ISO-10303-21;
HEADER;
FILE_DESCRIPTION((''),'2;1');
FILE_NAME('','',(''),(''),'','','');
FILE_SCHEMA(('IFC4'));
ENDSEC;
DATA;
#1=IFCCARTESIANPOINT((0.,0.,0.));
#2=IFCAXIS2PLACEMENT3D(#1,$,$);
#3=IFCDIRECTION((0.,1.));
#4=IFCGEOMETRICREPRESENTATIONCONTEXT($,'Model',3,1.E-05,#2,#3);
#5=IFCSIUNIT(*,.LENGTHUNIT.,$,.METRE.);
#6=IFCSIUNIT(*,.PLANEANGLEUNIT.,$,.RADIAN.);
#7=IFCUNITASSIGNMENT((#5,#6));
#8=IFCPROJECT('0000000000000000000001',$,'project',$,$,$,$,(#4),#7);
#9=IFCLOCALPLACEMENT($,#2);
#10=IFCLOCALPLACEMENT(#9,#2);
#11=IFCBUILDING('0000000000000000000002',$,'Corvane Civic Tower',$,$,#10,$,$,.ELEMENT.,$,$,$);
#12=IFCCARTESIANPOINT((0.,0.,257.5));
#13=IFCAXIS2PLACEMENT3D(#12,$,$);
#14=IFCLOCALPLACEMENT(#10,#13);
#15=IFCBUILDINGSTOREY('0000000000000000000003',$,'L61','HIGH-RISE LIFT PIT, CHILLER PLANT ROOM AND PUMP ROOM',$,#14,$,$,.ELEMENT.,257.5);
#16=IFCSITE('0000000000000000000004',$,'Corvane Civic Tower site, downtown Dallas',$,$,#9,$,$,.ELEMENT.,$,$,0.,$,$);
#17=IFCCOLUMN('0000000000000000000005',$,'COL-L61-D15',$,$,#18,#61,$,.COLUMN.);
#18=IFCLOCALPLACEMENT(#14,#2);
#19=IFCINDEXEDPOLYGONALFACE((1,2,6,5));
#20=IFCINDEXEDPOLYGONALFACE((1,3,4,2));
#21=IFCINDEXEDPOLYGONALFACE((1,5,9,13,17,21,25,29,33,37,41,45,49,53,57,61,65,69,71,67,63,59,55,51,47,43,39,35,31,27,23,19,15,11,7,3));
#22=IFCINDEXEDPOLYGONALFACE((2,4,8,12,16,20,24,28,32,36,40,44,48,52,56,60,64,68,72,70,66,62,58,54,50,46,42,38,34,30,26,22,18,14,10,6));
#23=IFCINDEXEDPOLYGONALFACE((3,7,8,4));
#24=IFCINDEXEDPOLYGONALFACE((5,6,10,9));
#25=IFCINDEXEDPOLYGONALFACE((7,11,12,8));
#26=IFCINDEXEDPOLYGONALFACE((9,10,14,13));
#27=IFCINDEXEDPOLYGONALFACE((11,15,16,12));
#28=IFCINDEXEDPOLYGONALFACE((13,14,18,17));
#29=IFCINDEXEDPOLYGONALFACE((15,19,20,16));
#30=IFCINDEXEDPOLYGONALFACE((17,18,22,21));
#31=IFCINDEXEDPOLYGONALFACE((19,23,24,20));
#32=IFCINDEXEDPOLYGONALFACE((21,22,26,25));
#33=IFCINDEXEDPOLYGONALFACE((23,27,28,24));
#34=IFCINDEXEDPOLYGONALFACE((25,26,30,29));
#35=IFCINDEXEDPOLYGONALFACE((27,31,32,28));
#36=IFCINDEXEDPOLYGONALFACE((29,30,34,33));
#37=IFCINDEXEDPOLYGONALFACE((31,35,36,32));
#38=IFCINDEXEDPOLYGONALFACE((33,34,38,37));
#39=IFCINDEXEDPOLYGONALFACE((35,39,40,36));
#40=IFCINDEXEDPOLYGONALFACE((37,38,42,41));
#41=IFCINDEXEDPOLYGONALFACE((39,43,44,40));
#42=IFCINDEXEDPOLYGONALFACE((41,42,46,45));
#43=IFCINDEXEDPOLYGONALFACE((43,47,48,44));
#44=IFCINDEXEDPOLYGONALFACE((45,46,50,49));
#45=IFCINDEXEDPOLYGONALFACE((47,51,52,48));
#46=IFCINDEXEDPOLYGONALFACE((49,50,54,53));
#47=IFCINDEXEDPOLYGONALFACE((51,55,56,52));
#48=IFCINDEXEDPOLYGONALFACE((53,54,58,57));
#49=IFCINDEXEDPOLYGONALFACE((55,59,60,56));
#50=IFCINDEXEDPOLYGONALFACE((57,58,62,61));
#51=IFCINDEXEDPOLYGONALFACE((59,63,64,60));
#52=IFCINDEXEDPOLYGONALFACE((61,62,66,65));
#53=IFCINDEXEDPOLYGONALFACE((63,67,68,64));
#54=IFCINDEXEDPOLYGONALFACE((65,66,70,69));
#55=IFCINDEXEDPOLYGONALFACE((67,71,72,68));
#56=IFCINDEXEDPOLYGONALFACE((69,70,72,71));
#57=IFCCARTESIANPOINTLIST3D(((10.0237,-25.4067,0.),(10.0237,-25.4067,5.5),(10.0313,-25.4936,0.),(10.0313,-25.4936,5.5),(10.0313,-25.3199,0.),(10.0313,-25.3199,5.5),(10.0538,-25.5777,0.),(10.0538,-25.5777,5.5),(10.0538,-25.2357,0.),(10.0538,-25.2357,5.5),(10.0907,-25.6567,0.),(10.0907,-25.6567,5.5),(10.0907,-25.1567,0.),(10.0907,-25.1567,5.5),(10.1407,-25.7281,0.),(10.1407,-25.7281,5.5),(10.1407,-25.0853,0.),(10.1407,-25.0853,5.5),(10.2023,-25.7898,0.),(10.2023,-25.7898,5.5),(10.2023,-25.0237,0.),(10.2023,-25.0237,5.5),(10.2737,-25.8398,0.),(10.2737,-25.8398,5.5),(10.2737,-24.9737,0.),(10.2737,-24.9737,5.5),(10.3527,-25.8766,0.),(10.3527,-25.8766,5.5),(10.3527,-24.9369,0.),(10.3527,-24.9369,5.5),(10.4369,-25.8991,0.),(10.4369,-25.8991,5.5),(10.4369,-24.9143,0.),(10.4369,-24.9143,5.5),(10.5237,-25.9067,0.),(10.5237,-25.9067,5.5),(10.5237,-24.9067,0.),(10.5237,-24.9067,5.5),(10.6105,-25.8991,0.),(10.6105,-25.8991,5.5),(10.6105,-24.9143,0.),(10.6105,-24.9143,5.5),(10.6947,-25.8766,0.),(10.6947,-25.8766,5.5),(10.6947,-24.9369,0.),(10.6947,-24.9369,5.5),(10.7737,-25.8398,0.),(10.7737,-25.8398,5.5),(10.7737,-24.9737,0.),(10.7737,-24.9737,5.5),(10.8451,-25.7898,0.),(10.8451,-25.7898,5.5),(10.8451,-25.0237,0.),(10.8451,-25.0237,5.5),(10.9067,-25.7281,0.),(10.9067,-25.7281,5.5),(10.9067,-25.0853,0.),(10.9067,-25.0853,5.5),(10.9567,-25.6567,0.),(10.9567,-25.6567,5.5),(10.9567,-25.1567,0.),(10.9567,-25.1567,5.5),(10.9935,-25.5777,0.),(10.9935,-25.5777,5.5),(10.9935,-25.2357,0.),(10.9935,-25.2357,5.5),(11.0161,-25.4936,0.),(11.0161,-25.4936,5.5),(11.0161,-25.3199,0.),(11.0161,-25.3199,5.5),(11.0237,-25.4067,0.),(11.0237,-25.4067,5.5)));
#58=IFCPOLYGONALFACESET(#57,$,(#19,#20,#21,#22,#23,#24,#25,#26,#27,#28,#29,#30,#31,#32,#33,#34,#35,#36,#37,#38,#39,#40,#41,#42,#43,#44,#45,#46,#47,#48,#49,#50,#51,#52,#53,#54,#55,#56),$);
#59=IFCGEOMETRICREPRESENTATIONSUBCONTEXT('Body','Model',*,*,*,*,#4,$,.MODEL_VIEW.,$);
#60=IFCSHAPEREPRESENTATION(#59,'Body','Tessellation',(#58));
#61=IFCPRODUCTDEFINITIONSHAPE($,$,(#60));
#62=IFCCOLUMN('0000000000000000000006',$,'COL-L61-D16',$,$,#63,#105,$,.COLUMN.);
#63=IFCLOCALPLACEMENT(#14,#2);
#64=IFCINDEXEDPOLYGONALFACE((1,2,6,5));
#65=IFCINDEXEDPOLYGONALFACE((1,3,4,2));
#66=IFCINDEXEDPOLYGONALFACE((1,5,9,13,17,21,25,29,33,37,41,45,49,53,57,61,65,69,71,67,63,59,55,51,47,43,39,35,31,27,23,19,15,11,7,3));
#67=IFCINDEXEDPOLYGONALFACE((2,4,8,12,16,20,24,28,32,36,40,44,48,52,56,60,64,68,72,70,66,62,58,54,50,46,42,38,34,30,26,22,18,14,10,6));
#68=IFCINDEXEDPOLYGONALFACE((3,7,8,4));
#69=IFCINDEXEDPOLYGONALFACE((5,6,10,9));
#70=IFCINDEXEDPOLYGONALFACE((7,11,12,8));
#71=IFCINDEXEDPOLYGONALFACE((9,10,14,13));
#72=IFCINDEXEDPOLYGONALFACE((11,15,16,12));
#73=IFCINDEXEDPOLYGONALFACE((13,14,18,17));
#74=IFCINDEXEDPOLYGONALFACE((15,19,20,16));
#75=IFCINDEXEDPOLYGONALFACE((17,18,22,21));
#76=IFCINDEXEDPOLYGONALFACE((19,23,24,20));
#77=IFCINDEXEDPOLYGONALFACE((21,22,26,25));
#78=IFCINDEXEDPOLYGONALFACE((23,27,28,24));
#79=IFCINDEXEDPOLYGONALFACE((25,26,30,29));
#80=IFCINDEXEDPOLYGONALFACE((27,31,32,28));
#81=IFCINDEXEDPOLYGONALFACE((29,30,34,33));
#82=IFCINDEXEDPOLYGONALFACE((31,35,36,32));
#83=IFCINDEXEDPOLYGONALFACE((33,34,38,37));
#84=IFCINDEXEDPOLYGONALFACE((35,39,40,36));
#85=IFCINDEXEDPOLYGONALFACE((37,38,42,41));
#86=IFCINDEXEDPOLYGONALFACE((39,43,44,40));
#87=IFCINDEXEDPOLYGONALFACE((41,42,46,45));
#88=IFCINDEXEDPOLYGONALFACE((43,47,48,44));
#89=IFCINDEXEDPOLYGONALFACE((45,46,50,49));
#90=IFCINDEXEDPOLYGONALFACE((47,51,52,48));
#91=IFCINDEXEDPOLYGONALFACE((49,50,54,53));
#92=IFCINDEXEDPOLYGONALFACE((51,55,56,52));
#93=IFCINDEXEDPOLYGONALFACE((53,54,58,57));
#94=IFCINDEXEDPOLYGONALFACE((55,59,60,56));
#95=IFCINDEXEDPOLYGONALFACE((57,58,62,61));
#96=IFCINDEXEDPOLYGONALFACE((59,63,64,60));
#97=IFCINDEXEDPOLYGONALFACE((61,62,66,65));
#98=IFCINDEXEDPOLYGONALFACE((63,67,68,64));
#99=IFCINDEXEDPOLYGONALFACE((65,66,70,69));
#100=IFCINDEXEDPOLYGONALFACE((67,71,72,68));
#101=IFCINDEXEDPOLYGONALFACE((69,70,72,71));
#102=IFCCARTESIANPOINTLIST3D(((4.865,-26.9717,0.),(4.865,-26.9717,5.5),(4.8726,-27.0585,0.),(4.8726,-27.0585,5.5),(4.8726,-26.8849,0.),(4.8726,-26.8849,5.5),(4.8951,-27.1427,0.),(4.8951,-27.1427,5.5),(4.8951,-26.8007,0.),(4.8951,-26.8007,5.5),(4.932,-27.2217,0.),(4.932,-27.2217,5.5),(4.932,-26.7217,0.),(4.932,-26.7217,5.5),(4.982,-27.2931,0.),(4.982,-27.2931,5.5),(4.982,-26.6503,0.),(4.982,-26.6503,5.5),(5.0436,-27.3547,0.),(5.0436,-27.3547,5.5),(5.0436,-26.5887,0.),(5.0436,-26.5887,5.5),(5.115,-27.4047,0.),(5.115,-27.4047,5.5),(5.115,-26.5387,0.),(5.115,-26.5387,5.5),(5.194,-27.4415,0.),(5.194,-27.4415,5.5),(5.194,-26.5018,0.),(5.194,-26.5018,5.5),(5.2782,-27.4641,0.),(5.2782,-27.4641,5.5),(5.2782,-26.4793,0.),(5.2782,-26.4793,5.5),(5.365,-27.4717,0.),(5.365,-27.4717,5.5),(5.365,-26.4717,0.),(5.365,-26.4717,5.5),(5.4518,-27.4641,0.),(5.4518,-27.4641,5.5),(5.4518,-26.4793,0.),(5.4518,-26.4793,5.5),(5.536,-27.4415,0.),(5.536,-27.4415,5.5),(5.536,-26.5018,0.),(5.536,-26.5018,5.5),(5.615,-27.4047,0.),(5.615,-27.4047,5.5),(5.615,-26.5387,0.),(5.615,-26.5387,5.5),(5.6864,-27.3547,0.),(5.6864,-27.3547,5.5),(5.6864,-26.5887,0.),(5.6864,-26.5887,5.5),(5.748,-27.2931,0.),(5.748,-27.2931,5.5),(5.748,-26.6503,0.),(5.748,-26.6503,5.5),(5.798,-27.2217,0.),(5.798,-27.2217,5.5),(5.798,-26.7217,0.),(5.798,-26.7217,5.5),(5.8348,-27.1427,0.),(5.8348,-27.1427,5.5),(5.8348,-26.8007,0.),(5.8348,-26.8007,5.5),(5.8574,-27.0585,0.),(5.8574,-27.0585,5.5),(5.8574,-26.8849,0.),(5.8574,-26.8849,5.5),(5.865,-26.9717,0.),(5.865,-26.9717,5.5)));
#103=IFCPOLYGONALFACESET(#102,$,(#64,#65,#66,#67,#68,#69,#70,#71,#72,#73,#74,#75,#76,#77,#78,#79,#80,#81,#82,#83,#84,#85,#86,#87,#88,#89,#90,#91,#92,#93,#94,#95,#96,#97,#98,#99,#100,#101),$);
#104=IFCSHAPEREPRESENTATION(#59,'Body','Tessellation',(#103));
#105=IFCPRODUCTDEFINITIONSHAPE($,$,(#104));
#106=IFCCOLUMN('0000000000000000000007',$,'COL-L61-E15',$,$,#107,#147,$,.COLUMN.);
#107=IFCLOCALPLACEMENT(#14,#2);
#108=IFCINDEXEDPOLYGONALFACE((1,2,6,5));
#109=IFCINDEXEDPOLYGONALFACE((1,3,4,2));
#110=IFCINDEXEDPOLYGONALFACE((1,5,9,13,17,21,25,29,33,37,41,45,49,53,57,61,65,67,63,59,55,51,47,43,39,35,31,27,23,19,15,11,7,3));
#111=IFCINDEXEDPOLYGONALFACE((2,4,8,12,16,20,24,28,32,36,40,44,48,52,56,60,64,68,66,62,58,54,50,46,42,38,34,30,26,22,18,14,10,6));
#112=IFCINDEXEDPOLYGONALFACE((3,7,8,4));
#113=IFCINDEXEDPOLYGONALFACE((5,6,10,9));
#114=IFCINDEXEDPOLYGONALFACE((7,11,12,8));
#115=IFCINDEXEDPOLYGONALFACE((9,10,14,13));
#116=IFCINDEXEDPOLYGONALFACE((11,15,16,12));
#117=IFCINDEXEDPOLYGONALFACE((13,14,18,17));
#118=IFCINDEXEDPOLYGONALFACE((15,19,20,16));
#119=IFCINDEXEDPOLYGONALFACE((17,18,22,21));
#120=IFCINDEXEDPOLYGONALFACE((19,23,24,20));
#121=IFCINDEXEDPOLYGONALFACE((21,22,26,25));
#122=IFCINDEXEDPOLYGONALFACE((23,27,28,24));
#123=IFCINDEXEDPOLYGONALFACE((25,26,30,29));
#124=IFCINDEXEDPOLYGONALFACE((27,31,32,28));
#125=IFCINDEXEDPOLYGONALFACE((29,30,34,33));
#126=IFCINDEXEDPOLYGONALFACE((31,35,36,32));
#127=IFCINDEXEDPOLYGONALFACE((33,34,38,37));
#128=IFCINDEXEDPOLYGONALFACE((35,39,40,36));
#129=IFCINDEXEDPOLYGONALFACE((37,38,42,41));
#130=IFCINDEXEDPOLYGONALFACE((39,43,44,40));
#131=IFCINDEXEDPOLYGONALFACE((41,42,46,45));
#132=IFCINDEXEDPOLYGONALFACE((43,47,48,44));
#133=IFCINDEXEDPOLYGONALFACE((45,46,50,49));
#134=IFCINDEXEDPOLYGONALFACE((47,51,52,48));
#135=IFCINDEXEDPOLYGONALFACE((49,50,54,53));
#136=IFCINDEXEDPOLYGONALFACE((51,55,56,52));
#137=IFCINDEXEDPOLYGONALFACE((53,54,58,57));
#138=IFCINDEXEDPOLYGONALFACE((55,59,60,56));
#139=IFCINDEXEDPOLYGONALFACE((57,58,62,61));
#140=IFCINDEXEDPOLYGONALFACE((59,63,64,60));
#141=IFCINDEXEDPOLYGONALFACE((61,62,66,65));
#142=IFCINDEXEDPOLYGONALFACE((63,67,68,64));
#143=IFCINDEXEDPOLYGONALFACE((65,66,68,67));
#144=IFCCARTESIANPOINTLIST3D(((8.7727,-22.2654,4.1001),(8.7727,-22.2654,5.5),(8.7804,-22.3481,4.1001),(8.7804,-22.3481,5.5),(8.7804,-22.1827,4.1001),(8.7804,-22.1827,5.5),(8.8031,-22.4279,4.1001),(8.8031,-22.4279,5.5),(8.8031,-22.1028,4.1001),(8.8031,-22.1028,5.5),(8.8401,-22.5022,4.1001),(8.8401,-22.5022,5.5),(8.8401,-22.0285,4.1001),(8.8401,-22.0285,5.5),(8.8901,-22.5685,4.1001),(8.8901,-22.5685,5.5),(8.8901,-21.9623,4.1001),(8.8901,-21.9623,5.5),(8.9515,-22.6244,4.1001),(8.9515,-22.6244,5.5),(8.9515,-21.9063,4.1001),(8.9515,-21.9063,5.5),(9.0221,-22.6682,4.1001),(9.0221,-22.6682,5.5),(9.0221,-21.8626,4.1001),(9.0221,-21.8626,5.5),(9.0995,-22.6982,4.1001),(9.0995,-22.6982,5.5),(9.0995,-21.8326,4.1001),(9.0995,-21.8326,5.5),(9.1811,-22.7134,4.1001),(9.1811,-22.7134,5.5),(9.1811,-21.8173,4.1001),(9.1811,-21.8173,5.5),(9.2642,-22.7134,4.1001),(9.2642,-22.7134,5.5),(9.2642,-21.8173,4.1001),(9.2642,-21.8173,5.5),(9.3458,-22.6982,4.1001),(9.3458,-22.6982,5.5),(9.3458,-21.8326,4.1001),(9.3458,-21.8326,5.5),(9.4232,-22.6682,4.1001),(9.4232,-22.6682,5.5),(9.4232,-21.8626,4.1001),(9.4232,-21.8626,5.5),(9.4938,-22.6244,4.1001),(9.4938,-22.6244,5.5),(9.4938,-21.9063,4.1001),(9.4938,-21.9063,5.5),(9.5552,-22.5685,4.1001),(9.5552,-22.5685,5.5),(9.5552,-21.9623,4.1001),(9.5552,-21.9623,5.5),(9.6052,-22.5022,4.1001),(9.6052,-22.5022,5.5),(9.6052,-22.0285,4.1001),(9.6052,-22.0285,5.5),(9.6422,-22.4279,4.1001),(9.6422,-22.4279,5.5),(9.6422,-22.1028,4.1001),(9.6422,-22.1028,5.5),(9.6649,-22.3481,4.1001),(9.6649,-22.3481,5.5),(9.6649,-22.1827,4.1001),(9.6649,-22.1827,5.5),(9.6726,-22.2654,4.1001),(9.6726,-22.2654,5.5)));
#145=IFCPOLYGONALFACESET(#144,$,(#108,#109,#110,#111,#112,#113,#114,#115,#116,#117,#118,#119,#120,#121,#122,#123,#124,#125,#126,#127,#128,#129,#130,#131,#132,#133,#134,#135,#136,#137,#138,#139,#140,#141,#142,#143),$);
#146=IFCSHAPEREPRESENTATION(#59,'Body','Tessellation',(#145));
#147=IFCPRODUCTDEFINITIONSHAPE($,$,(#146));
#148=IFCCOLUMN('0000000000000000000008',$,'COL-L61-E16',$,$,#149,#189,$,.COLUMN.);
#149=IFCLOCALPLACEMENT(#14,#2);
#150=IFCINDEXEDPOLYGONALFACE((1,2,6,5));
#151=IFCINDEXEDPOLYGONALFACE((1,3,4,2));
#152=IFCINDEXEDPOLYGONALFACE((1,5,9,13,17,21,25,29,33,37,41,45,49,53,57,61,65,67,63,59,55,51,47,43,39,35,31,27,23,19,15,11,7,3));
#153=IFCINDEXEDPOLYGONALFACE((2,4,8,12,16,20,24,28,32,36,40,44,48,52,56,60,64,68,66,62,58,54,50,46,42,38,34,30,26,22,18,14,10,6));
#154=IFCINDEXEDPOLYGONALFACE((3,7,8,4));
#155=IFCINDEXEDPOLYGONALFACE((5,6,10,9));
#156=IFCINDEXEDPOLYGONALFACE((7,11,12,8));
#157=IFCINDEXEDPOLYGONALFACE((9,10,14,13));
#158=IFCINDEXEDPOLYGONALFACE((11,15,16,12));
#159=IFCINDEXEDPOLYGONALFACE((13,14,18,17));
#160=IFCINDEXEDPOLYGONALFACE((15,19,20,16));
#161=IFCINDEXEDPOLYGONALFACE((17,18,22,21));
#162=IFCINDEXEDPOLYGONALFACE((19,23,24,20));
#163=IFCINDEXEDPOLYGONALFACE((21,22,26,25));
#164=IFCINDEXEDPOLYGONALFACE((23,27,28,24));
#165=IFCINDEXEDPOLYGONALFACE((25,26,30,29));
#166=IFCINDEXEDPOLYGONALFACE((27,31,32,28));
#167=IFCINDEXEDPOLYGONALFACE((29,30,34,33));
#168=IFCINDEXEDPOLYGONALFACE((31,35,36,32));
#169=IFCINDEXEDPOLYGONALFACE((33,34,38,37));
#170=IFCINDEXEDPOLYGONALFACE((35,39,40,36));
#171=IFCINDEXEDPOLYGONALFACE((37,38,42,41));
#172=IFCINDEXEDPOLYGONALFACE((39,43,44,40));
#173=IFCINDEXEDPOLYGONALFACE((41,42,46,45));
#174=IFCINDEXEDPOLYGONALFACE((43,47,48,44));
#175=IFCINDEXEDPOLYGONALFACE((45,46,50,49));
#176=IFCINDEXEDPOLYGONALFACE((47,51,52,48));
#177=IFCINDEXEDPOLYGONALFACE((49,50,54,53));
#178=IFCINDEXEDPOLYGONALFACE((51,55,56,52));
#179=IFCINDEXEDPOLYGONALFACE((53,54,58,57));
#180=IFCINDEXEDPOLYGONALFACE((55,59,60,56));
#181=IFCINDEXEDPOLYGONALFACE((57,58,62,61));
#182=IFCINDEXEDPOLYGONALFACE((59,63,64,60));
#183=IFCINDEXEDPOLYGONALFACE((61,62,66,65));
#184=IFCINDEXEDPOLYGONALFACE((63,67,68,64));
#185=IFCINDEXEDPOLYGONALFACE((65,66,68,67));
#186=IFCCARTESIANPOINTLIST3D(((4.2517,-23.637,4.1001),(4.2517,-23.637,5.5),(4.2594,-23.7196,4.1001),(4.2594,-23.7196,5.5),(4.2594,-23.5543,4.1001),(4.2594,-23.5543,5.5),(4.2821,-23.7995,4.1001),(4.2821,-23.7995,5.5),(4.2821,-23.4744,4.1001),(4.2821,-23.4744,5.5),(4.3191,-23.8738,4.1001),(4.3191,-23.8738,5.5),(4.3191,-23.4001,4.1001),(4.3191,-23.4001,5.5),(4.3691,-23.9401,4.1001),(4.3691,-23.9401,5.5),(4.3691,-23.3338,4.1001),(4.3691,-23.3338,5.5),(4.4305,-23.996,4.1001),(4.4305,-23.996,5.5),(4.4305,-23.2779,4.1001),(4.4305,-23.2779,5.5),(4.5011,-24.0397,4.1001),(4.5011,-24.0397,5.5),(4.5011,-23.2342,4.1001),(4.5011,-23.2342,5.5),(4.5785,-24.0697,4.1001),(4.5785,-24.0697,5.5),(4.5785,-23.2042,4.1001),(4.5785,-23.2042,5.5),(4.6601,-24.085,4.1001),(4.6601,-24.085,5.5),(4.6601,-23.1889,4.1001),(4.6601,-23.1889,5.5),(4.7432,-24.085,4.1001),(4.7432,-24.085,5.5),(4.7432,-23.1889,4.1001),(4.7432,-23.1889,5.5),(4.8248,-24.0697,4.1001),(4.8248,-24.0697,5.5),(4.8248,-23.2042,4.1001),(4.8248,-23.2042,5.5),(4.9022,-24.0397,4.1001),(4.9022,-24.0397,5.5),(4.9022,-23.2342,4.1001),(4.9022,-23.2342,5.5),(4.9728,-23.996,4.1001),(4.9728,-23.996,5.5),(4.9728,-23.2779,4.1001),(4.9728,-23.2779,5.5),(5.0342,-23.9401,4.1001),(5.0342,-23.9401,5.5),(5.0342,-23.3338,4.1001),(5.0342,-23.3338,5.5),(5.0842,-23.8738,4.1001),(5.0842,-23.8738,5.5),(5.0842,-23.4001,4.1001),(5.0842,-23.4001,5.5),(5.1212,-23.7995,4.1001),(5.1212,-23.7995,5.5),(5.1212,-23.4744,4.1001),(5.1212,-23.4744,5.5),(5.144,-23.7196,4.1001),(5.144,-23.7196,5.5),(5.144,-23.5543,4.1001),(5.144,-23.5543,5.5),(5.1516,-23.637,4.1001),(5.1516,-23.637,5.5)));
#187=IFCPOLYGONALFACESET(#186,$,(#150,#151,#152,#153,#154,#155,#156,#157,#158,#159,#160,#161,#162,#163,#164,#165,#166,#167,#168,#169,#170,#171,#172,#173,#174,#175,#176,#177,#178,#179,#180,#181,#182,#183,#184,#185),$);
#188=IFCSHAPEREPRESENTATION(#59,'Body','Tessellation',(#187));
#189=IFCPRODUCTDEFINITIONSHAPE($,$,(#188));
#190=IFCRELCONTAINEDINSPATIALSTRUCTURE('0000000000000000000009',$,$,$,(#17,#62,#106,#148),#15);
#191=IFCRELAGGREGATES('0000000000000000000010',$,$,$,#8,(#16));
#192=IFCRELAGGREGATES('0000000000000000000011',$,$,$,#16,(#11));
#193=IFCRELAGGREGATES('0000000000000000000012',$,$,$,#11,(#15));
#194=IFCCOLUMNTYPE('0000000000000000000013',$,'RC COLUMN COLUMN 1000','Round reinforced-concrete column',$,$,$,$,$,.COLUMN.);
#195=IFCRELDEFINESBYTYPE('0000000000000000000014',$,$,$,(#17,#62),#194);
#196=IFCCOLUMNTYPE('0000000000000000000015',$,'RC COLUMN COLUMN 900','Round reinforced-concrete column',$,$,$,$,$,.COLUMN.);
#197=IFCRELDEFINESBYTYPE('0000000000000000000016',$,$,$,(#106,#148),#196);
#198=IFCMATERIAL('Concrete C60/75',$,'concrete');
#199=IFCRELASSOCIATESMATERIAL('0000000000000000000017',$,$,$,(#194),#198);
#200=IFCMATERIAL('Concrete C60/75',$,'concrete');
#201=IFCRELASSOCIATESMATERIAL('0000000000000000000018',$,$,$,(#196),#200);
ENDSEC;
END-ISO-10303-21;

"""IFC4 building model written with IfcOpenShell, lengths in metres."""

from ifc_helpers import new_model, si_unit, direction, frame, origin, origin_2d, place, context, subcontext, project, spatial, circle, extrude, material, material_profile, profile_set, type_object, element, save


model = new_model("IFC4")

# Units and contexts
model_context = context("Model", 3, precision=1e-05, world=origin(), true_north=direction((0.0, 1.0)))
body_context = subcontext(model_context, "Body", "Model", "MODEL_VIEW")
ifc_project = project(units=[si_unit("LENGTHUNIT", "METRE"), si_unit("PLANEANGLEUNIT", "RADIAN")], contexts=[model_context])

# Site, building, storey
site_placement = place(None, origin())
site = spatial("IfcSite", under=ifc_project, at=site_placement, Name="Corvane Civic Tower site, downtown Dallas", CompositionType="ELEMENT", RefElevation=0.0)
building_placement = place(site_placement, origin())
building = spatial("IfcBuilding", under=site, at=building_placement, Name="Corvane Civic Tower", CompositionType="ELEMENT")
storey_placement = place(building_placement, frame((0.0, 0.0, 257.5)))
storey = spatial("IfcBuildingStorey", under=building, at=storey_placement, Name="L61", Description="HIGH-RISE LIFT PIT, CHILLER PLANT ROOM AND PUMP ROOM", CompositionType="ELEMENT", Elevation=257.5)

# Columns
ifc_material_1 = material(Name="Concrete C60/75", Category="concrete")
ifc_material_profile_1 = material_profile(ifc_material_1, circle(Radius=0.5, at=origin_2d()), Name="COLUMN 1000")
ifc_profile_set_1 = profile_set([ifc_material_profile_1], Name="Concrete C60/75")
column_type_1 = type_object("IfcColumnType", Name="RC COLUMN COLUMN 1000", Description="Round reinforced-concrete column", PredefinedType="COLUMN", material=ifc_profile_set_1)
for number, where, z_axis, x_axis, name in (
    (1, (10.5237, -25.4067, 0.0), (0.0, 0.0, 1.0), (1.0, 0.0, 0.0), "COL-L61-D15"),
    (2, (5.365, -26.9717, 0.0), (0.0, 0.0, 1.0), (1.0, 0.0, 0.0), "COL-L61-D16"),
):
    element("IfcColumn", number, at=place(storey_placement, frame(where, z_axis=z_axis, x_axis=x_axis)), inside=storey, type_object=column_type_1, Name=name, PredefinedType="COLUMN", context=body_context, shape_type="SweptSolid", body=[
        extrude(circle(Radius=0.5, at=origin_2d()), origin(), (0.0, 0.0, 1.0), 5.5),
    ])
ifc_material_2 = material(Name="Concrete C60/75", Category="concrete")
ifc_material_profile_2 = material_profile(ifc_material_2, circle(Radius=0.45, at=origin_2d()), Name="COLUMN 900")
ifc_profile_set_2 = profile_set([ifc_material_profile_2], Name="Concrete C60/75")
column_type_2 = type_object("IfcColumnType", Name="RC COLUMN COLUMN 900", Description="Round reinforced-concrete column", PredefinedType="COLUMN", material=ifc_profile_set_2)
for number, where, z_axis, x_axis, name in (
    (3, (9.2227, -22.2654, 4.1001), (0.0, 0.0, 1.0), (1.0, 0.0, 0.0), "COL-L61-E15"),
    (4, (4.7017, -23.637, 4.1001), (0.0, 0.0, 1.0), (1.0, 0.0, 0.0), "COL-L61-E16"),
):
    element("IfcColumn", number, at=place(storey_placement, frame(where, z_axis=z_axis, x_axis=x_axis)), inside=storey, type_object=column_type_2, Name=name, PredefinedType="COLUMN", context=body_context, shape_type="SweptSolid", body=[
        extrude(circle(Radius=0.45, at=origin_2d()), origin(), (0.0, 0.0, 1.0), 1.3999),
    ])

save(model, "model.ifc")
